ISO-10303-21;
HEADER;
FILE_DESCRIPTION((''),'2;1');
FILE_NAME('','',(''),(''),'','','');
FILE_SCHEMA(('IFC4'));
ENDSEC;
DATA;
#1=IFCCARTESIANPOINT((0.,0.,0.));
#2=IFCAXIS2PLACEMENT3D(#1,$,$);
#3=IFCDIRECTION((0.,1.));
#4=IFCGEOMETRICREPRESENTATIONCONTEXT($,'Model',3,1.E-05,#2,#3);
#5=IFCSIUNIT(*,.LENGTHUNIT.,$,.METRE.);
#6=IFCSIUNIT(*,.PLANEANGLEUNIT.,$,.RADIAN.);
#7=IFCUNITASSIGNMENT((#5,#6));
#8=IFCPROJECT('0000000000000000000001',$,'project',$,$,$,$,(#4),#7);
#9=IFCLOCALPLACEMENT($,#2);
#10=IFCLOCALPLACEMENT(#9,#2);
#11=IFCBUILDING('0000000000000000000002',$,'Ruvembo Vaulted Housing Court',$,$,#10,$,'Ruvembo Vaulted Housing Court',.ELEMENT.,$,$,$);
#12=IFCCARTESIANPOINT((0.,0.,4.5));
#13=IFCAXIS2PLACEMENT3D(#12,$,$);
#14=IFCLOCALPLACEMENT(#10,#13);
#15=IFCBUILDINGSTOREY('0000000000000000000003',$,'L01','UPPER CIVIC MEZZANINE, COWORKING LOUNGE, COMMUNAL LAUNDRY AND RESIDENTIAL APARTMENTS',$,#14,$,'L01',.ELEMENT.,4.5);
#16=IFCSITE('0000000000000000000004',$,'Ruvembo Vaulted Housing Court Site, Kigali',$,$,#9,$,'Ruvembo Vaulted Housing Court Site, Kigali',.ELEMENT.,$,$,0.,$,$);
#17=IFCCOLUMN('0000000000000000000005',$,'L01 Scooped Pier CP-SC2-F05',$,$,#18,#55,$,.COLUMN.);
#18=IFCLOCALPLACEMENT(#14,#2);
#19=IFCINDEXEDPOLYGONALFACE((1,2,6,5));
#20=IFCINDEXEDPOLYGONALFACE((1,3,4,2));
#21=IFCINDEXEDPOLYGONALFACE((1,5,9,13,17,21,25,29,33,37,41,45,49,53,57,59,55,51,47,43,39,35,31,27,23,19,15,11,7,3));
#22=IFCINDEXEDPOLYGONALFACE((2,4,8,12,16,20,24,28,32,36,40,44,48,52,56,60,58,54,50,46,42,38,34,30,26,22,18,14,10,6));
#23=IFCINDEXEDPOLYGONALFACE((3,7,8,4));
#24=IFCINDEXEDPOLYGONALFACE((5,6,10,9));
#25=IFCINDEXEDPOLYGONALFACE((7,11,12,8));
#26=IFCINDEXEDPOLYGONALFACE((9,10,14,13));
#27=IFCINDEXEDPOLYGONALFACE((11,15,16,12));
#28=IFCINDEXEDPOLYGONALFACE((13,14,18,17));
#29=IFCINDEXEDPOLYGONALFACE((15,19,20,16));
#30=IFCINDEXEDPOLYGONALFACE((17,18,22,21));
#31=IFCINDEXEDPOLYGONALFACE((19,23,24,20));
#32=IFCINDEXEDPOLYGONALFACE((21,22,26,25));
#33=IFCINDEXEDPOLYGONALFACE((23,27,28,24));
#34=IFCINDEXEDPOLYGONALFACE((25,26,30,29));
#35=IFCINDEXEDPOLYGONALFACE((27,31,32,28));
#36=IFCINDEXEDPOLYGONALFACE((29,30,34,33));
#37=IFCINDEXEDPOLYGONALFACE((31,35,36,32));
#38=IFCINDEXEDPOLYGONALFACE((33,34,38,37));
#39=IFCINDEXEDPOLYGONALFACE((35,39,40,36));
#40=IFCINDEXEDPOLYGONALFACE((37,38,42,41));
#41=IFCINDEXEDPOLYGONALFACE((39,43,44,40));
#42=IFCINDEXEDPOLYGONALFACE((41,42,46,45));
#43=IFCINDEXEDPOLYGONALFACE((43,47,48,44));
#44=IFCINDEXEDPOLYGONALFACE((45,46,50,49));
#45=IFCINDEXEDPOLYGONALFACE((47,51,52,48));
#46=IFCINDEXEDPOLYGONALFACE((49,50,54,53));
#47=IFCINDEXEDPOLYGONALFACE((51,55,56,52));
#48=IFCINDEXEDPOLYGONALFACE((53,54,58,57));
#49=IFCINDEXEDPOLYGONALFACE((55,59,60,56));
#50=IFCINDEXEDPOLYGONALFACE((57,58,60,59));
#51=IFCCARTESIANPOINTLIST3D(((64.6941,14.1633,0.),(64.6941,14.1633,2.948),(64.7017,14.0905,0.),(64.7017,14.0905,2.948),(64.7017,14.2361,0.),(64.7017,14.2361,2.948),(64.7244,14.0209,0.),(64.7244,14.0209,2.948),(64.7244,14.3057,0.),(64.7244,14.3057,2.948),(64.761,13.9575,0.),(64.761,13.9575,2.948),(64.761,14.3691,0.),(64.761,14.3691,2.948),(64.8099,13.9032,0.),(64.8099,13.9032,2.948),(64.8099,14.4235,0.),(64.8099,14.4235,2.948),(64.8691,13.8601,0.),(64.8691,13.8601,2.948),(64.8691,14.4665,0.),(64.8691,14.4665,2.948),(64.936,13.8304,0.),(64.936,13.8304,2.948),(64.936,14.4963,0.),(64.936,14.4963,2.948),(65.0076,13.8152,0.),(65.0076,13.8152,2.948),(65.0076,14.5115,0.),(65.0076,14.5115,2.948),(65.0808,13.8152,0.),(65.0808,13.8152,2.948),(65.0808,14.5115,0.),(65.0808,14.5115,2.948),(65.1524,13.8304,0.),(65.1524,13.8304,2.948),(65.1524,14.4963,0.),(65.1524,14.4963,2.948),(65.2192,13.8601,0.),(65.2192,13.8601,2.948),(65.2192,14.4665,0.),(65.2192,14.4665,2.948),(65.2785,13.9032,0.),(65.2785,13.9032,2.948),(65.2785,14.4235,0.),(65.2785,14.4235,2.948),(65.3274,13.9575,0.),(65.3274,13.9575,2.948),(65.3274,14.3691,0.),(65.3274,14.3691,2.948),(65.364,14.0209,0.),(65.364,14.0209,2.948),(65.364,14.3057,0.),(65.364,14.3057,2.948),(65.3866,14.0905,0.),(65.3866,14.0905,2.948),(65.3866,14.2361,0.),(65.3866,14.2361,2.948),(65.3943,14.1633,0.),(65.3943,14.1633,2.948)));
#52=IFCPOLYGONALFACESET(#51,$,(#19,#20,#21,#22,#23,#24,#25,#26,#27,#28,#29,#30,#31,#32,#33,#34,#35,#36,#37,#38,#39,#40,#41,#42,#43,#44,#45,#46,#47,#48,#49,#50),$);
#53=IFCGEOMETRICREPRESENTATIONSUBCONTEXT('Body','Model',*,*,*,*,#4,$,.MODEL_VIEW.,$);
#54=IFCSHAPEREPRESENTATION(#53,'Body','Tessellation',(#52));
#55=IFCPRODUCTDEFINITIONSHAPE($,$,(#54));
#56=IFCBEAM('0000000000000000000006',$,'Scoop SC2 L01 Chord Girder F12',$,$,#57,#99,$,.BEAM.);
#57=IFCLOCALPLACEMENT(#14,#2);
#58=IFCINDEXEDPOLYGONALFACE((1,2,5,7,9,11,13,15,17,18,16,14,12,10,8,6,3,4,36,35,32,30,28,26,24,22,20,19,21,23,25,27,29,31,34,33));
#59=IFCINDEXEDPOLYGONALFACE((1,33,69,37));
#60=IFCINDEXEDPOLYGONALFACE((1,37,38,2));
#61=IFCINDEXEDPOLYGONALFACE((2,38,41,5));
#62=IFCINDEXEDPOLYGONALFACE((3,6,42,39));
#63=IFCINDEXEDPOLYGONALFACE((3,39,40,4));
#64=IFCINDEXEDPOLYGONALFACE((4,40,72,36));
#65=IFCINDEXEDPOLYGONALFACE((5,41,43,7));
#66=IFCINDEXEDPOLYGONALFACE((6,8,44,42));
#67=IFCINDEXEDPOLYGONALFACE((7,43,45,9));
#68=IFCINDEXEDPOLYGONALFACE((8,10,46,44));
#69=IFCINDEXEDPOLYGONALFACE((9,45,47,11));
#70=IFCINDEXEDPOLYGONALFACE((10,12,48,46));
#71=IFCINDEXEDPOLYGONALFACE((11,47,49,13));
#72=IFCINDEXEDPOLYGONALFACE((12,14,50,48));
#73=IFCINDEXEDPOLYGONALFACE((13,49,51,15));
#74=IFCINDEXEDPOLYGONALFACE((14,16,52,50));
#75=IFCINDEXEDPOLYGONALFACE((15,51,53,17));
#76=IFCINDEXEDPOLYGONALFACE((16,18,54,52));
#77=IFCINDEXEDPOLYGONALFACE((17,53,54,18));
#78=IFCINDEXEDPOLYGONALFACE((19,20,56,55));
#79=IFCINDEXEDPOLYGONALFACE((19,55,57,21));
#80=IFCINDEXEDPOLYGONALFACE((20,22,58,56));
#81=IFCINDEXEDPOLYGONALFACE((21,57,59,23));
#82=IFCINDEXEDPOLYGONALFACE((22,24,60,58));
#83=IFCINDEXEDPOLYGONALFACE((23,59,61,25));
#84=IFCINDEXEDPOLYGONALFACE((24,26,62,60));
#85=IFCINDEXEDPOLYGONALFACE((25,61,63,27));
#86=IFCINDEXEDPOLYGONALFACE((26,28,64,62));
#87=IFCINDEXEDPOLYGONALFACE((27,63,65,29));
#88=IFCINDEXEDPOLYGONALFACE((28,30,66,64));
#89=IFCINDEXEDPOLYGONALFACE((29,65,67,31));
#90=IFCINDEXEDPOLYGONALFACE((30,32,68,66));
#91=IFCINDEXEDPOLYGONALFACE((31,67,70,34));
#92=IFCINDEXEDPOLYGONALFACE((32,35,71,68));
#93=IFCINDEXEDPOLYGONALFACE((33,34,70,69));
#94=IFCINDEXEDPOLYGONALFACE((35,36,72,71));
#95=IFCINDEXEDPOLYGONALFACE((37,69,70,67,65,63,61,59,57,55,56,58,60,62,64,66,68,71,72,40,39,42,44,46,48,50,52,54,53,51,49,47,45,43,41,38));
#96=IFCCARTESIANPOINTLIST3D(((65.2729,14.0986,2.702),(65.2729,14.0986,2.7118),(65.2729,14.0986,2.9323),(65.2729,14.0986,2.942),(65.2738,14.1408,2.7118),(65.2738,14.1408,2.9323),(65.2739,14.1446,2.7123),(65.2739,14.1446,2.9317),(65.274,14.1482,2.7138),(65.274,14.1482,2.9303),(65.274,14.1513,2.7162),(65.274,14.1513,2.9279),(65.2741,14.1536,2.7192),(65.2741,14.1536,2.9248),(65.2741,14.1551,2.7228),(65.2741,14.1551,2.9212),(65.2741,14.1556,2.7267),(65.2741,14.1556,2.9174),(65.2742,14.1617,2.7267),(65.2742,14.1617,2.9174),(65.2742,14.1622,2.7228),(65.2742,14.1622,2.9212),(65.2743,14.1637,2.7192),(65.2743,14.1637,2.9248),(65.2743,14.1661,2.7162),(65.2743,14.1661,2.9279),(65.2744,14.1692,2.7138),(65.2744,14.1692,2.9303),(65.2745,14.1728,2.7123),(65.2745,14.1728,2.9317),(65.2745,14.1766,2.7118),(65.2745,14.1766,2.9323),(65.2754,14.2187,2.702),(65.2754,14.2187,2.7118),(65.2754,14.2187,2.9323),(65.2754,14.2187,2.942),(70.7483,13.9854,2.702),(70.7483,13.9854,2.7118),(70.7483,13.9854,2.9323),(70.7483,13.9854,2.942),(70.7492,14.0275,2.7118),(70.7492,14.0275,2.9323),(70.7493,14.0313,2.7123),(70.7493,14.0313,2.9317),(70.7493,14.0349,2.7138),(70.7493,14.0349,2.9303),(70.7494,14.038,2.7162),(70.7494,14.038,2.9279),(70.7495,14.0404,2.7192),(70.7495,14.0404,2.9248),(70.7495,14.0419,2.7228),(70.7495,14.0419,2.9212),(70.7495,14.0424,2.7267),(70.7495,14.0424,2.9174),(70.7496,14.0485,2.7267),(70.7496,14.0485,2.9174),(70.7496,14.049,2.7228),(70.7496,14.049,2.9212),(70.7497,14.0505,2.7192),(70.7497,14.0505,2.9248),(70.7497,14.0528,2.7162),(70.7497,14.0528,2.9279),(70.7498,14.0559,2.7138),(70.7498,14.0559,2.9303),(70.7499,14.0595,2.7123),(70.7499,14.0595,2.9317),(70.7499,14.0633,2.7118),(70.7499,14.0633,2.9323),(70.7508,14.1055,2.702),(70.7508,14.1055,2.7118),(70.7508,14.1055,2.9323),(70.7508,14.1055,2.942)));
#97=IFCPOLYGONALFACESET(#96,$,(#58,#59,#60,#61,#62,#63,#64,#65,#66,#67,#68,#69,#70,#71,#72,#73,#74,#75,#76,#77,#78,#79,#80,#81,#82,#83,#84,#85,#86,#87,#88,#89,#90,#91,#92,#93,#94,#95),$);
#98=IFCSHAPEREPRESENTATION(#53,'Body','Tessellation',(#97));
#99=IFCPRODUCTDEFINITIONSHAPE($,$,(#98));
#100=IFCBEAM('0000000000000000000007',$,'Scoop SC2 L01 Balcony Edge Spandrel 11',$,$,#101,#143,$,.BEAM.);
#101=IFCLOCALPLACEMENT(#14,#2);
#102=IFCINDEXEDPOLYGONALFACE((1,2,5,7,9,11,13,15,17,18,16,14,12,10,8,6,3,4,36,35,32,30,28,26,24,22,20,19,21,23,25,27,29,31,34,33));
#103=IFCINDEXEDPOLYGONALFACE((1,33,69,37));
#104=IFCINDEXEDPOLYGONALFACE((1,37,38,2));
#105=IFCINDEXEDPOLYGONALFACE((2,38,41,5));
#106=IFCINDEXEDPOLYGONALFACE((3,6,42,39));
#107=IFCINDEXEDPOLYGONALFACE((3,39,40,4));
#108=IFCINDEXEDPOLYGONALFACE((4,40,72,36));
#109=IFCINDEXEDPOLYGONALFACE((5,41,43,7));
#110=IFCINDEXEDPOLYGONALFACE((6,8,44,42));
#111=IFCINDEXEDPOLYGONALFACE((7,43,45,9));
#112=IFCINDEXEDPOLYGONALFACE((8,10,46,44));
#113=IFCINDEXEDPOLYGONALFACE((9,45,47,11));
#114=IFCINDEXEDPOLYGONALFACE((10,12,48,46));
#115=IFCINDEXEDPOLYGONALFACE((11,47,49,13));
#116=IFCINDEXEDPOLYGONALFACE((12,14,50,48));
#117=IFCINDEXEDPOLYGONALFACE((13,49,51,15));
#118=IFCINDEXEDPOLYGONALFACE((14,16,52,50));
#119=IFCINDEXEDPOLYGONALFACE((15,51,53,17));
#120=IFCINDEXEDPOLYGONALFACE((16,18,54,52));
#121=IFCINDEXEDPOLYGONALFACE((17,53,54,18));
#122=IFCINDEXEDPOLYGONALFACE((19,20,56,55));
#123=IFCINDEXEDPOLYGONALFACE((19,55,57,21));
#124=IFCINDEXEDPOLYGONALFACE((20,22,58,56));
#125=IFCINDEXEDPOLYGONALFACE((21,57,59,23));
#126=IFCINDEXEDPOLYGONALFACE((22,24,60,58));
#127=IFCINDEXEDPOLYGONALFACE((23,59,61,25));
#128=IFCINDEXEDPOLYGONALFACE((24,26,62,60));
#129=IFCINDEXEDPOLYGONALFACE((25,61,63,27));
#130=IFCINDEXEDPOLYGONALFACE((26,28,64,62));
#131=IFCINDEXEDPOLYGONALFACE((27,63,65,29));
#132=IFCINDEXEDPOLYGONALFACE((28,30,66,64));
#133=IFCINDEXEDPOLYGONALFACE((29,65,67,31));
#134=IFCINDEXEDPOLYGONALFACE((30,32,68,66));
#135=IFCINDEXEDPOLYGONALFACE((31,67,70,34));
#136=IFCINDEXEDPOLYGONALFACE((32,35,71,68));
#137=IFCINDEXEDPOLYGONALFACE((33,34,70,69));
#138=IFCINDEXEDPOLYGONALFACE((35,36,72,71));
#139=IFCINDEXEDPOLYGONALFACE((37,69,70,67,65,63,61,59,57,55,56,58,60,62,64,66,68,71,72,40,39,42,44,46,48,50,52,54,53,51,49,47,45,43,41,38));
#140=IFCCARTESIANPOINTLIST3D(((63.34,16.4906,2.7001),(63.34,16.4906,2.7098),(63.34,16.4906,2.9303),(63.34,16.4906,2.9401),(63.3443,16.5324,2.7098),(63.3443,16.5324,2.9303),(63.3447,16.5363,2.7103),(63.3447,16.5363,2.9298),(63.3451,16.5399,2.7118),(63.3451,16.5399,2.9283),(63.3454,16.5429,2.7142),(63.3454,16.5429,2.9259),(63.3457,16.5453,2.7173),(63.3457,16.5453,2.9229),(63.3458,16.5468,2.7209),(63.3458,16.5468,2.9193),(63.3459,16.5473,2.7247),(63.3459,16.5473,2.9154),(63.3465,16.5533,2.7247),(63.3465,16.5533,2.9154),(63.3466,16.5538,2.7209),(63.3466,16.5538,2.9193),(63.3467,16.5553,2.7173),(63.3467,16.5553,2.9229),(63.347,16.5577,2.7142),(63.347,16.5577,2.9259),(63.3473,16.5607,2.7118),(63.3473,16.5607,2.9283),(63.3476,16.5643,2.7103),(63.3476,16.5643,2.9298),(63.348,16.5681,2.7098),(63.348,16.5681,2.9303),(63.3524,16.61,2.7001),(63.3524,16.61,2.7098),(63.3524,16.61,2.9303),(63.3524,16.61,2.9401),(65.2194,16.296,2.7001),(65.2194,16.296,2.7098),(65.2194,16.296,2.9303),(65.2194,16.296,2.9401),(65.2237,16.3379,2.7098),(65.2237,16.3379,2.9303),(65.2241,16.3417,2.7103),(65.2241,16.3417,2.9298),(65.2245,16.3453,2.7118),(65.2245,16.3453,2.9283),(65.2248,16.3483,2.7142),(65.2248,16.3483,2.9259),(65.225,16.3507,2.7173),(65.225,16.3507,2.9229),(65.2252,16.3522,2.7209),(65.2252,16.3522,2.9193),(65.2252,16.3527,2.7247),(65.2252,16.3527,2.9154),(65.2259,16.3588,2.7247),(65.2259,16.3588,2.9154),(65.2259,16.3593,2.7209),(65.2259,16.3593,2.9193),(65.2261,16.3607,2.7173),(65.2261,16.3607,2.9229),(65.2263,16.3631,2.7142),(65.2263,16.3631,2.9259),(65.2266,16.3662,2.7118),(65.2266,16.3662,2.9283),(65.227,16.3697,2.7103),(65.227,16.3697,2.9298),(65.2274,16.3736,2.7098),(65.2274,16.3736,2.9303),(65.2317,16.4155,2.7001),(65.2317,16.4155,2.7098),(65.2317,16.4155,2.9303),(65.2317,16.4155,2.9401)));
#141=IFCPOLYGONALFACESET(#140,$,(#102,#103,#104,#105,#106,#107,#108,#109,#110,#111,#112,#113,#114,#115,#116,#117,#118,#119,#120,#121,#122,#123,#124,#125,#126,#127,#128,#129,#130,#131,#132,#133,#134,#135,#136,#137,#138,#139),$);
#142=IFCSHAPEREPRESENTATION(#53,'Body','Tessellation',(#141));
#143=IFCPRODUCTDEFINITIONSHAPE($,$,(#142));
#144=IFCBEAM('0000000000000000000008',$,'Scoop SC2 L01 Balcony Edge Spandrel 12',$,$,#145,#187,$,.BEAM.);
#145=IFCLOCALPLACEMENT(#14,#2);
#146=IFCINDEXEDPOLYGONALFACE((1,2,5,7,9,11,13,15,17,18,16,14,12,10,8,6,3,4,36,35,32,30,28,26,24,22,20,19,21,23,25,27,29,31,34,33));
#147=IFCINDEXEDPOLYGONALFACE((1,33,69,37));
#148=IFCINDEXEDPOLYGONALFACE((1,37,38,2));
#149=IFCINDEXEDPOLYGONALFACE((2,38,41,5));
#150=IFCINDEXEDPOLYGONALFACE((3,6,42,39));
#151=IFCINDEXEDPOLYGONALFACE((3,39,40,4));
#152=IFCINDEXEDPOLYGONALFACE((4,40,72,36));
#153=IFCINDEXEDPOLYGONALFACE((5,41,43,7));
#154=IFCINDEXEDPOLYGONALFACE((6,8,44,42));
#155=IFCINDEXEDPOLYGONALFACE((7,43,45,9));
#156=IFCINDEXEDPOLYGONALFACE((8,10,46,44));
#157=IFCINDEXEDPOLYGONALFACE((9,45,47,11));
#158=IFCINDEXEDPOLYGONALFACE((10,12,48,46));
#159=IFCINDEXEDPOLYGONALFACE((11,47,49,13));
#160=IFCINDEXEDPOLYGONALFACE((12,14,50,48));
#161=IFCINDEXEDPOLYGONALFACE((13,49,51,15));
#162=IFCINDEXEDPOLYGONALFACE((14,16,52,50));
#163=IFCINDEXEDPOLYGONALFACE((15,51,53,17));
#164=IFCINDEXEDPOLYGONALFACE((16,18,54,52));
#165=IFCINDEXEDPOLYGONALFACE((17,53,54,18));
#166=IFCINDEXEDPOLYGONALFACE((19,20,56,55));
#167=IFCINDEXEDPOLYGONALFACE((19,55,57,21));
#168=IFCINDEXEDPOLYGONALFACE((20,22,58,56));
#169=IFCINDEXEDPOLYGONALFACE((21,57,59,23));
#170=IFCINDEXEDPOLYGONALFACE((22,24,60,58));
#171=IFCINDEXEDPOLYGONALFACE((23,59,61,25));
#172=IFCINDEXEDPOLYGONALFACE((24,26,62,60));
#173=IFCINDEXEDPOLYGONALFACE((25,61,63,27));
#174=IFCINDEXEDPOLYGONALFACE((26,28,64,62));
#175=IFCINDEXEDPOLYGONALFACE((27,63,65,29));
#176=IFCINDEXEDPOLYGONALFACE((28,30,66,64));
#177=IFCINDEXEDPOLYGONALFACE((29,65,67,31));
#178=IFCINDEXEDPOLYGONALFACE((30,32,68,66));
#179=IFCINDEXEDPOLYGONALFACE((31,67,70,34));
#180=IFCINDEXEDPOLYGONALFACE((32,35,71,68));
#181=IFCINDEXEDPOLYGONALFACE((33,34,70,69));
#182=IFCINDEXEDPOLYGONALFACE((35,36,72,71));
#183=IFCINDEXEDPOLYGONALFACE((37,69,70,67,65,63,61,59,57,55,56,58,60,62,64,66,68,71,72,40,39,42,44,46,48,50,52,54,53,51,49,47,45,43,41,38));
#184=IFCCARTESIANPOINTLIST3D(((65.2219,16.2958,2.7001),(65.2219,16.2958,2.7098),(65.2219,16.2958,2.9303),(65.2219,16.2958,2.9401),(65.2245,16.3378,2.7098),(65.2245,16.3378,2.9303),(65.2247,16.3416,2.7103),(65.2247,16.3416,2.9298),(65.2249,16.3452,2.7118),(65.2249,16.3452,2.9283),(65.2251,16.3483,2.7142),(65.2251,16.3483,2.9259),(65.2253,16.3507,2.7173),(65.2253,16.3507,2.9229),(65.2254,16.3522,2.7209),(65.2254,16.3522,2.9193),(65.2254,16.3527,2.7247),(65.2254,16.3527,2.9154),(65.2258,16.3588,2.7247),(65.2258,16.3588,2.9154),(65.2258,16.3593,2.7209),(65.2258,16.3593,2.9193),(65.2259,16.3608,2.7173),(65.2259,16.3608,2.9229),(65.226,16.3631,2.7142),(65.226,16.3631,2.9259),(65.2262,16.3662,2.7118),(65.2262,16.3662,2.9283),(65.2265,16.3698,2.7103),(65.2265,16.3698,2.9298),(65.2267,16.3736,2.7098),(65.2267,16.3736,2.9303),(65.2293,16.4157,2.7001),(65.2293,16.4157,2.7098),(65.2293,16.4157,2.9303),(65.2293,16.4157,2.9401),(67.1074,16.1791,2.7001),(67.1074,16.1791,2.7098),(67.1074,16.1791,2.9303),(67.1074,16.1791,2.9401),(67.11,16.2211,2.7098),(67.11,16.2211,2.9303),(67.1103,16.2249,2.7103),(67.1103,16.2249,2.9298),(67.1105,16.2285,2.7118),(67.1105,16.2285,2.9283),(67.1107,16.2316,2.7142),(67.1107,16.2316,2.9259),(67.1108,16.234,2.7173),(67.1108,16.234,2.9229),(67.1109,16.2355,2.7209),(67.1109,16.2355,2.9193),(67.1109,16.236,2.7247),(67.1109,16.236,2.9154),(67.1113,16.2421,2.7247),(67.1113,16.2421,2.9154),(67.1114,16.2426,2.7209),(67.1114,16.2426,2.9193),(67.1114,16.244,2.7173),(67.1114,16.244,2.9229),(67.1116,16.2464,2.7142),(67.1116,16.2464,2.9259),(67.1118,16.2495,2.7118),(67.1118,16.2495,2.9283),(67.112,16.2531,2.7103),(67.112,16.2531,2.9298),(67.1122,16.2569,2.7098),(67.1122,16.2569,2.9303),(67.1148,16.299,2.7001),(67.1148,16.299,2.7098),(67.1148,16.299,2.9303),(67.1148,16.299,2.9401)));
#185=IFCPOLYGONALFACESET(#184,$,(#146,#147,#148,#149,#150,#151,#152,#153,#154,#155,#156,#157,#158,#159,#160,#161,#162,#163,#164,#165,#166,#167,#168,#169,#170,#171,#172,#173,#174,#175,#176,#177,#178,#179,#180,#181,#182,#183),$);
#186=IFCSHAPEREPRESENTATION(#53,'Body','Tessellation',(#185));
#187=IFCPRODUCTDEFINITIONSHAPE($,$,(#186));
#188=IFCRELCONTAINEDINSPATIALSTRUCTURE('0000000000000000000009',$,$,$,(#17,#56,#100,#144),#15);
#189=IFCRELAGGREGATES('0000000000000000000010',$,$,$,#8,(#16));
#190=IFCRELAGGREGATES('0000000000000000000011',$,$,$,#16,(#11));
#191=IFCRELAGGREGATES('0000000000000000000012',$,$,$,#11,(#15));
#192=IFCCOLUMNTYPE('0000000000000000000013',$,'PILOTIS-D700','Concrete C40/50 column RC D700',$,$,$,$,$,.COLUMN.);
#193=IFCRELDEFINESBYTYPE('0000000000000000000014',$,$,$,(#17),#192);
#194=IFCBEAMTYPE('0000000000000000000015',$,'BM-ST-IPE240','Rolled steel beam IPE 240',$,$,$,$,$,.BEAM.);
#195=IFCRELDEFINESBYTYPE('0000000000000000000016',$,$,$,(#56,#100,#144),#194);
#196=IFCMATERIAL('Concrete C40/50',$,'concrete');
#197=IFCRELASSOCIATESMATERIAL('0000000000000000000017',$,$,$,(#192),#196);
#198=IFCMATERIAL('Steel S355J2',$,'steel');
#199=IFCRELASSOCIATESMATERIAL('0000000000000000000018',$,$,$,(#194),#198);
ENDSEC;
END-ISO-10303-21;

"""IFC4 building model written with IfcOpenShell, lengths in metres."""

from ifc_helpers import new_model, si_unit, direction, frame, origin, origin_2d, place, context, subcontext, project, spatial, circle, i_section, extrude, material, material_profile, profile_set, type_object, element, save


model = new_model("IFC4")

# Units and contexts
model_context = context("Model", 3, precision=1e-05, world=origin(), true_north=direction((0.0, 1.0)))
body_context = subcontext(model_context, "Body", "Model", "MODEL_VIEW")
ifc_project = project(units=[si_unit("LENGTHUNIT", "METRE"), si_unit("PLANEANGLEUNIT", "RADIAN")], contexts=[model_context])

# Site, building, storey
site_placement = place(None, origin())
site = spatial("IfcSite", under=ifc_project, at=site_placement, Name="Ruvembo Vaulted Housing Court Site, Kigali", LongName="Ruvembo Vaulted Housing Court Site, Kigali", CompositionType="ELEMENT", RefElevation=0.0)
building_placement = place(site_placement, origin())
building = spatial("IfcBuilding", under=site, at=building_placement, Name="Ruvembo Vaulted Housing Court", LongName="Ruvembo Vaulted Housing Court", CompositionType="ELEMENT")
storey_placement = place(building_placement, frame((0.0, 0.0, 4.5)))
storey = spatial("IfcBuildingStorey", under=building, at=storey_placement, Name="L01", Description="UPPER CIVIC MEZZANINE, COWORKING LOUNGE, COMMUNAL LAUNDRY AND RESIDENTIAL APARTMENTS", LongName="L01", CompositionType="ELEMENT", Elevation=4.5)

# Column
ifc_material_1 = material(Name="Concrete C40/50", Category="concrete")
ifc_material_profile_1 = material_profile(ifc_material_1, circle(Radius=0.3501, at=origin_2d()), Name="RC D700")
ifc_profile_set_1 = profile_set([ifc_material_profile_1], Name="Concrete C40/50")
column_type = type_object("IfcColumnType", Name="PILOTIS-D700", Description="Concrete C40/50 column RC D700", PredefinedType="COLUMN", material=ifc_profile_set_1)
column_placement = place(storey_placement, frame((65.0442, 14.1633, 0.0), z_axis=(0.0, 0.0, 1.0), x_axis=(1.0, 0.0, 0.0)))
element("IfcColumn", 1, at=column_placement, inside=storey, type_object=column_type, Name="L01 Scooped Pier CP-SC2-F05", PredefinedType="COLUMN", context=body_context, shape_type="SweptSolid", body=[
    extrude(circle(Radius=0.3501, at=origin_2d()), origin(), (0.0, 0.0, 1.0), 2.948),
])

# Beams
ifc_material_2 = material(Name="Steel S355J2", Category="steel")
ifc_material_profile_2 = material_profile(ifc_material_2, i_section(OverallWidth=0.1201, OverallDepth=0.24, WebThickness=0.0061, FlangeThickness=0.0098, FilletRadius=0.0149, at=origin_2d()), Name="IPE 240")
ifc_profile_set_2 = profile_set([ifc_material_profile_2], Name="Steel S355J2")
beam_type = type_object("IfcBeamType", Name="BM-ST-IPE240", Description="Rolled steel beam IPE 240", PredefinedType="BEAM", material=ifc_profile_set_2)
beam_1_placement = place(storey_placement, frame((65.2742, 14.1587, 2.822), z_axis=(0.999786, -0.020685, 0.0), x_axis=(0.020685, 0.999786, 0.0)))
element("IfcBeam", 2, at=beam_1_placement, inside=storey, type_object=beam_type, Name="Scoop SC2 L01 Chord Girder F12", PredefinedType="BEAM", context=body_context, shape_type="SweptSolid", body=[
    extrude(i_section(OverallWidth=0.1201, OverallDepth=0.24, WebThickness=0.0061, FlangeThickness=0.0098, FilletRadius=0.0149, at=origin_2d()), origin(), (0.0, 0.0, 1.0), 5.4766),
])
beam_2_placement = place(storey_placement, frame((63.3462, 16.5503, 2.8201), z_axis=(0.994683, -0.102983, 0.0), x_axis=(0.102983, 0.994683, 0.0)))
element("IfcBeam", 3, at=beam_2_placement, inside=storey, type_object=beam_type, Name="Scoop SC2 L01 Balcony Edge Spandrel 11", PredefinedType="BEAM", context=body_context, shape_type="SweptSolid", body=[
    extrude(i_section(OverallWidth=0.1201, OverallDepth=0.24, WebThickness=0.0061, FlangeThickness=0.0098, FilletRadius=0.0149, at=origin_2d()), origin(), (0.0, 0.0, 1.0), 1.8894),
])
beam_3_placement = place(storey_placement, frame((65.2256, 16.3557, 2.8201), z_axis=(0.99809, -0.061775, 0.0), x_axis=(0.061775, 0.99809, 0.0)))
element("IfcBeam", 4, at=beam_3_placement, inside=storey, type_object=beam_type, Name="Scoop SC2 L01 Balcony Edge Spandrel 12", PredefinedType="BEAM", context=body_context, shape_type="SweptSolid", body=[
    extrude(i_section(OverallWidth=0.1201, OverallDepth=0.24, WebThickness=0.0061, FlangeThickness=0.0098, FilletRadius=0.0149, at=origin_2d()), origin(), (0.0, 0.0, 1.0), 1.8892),
])

save(model, "model.ifc")
